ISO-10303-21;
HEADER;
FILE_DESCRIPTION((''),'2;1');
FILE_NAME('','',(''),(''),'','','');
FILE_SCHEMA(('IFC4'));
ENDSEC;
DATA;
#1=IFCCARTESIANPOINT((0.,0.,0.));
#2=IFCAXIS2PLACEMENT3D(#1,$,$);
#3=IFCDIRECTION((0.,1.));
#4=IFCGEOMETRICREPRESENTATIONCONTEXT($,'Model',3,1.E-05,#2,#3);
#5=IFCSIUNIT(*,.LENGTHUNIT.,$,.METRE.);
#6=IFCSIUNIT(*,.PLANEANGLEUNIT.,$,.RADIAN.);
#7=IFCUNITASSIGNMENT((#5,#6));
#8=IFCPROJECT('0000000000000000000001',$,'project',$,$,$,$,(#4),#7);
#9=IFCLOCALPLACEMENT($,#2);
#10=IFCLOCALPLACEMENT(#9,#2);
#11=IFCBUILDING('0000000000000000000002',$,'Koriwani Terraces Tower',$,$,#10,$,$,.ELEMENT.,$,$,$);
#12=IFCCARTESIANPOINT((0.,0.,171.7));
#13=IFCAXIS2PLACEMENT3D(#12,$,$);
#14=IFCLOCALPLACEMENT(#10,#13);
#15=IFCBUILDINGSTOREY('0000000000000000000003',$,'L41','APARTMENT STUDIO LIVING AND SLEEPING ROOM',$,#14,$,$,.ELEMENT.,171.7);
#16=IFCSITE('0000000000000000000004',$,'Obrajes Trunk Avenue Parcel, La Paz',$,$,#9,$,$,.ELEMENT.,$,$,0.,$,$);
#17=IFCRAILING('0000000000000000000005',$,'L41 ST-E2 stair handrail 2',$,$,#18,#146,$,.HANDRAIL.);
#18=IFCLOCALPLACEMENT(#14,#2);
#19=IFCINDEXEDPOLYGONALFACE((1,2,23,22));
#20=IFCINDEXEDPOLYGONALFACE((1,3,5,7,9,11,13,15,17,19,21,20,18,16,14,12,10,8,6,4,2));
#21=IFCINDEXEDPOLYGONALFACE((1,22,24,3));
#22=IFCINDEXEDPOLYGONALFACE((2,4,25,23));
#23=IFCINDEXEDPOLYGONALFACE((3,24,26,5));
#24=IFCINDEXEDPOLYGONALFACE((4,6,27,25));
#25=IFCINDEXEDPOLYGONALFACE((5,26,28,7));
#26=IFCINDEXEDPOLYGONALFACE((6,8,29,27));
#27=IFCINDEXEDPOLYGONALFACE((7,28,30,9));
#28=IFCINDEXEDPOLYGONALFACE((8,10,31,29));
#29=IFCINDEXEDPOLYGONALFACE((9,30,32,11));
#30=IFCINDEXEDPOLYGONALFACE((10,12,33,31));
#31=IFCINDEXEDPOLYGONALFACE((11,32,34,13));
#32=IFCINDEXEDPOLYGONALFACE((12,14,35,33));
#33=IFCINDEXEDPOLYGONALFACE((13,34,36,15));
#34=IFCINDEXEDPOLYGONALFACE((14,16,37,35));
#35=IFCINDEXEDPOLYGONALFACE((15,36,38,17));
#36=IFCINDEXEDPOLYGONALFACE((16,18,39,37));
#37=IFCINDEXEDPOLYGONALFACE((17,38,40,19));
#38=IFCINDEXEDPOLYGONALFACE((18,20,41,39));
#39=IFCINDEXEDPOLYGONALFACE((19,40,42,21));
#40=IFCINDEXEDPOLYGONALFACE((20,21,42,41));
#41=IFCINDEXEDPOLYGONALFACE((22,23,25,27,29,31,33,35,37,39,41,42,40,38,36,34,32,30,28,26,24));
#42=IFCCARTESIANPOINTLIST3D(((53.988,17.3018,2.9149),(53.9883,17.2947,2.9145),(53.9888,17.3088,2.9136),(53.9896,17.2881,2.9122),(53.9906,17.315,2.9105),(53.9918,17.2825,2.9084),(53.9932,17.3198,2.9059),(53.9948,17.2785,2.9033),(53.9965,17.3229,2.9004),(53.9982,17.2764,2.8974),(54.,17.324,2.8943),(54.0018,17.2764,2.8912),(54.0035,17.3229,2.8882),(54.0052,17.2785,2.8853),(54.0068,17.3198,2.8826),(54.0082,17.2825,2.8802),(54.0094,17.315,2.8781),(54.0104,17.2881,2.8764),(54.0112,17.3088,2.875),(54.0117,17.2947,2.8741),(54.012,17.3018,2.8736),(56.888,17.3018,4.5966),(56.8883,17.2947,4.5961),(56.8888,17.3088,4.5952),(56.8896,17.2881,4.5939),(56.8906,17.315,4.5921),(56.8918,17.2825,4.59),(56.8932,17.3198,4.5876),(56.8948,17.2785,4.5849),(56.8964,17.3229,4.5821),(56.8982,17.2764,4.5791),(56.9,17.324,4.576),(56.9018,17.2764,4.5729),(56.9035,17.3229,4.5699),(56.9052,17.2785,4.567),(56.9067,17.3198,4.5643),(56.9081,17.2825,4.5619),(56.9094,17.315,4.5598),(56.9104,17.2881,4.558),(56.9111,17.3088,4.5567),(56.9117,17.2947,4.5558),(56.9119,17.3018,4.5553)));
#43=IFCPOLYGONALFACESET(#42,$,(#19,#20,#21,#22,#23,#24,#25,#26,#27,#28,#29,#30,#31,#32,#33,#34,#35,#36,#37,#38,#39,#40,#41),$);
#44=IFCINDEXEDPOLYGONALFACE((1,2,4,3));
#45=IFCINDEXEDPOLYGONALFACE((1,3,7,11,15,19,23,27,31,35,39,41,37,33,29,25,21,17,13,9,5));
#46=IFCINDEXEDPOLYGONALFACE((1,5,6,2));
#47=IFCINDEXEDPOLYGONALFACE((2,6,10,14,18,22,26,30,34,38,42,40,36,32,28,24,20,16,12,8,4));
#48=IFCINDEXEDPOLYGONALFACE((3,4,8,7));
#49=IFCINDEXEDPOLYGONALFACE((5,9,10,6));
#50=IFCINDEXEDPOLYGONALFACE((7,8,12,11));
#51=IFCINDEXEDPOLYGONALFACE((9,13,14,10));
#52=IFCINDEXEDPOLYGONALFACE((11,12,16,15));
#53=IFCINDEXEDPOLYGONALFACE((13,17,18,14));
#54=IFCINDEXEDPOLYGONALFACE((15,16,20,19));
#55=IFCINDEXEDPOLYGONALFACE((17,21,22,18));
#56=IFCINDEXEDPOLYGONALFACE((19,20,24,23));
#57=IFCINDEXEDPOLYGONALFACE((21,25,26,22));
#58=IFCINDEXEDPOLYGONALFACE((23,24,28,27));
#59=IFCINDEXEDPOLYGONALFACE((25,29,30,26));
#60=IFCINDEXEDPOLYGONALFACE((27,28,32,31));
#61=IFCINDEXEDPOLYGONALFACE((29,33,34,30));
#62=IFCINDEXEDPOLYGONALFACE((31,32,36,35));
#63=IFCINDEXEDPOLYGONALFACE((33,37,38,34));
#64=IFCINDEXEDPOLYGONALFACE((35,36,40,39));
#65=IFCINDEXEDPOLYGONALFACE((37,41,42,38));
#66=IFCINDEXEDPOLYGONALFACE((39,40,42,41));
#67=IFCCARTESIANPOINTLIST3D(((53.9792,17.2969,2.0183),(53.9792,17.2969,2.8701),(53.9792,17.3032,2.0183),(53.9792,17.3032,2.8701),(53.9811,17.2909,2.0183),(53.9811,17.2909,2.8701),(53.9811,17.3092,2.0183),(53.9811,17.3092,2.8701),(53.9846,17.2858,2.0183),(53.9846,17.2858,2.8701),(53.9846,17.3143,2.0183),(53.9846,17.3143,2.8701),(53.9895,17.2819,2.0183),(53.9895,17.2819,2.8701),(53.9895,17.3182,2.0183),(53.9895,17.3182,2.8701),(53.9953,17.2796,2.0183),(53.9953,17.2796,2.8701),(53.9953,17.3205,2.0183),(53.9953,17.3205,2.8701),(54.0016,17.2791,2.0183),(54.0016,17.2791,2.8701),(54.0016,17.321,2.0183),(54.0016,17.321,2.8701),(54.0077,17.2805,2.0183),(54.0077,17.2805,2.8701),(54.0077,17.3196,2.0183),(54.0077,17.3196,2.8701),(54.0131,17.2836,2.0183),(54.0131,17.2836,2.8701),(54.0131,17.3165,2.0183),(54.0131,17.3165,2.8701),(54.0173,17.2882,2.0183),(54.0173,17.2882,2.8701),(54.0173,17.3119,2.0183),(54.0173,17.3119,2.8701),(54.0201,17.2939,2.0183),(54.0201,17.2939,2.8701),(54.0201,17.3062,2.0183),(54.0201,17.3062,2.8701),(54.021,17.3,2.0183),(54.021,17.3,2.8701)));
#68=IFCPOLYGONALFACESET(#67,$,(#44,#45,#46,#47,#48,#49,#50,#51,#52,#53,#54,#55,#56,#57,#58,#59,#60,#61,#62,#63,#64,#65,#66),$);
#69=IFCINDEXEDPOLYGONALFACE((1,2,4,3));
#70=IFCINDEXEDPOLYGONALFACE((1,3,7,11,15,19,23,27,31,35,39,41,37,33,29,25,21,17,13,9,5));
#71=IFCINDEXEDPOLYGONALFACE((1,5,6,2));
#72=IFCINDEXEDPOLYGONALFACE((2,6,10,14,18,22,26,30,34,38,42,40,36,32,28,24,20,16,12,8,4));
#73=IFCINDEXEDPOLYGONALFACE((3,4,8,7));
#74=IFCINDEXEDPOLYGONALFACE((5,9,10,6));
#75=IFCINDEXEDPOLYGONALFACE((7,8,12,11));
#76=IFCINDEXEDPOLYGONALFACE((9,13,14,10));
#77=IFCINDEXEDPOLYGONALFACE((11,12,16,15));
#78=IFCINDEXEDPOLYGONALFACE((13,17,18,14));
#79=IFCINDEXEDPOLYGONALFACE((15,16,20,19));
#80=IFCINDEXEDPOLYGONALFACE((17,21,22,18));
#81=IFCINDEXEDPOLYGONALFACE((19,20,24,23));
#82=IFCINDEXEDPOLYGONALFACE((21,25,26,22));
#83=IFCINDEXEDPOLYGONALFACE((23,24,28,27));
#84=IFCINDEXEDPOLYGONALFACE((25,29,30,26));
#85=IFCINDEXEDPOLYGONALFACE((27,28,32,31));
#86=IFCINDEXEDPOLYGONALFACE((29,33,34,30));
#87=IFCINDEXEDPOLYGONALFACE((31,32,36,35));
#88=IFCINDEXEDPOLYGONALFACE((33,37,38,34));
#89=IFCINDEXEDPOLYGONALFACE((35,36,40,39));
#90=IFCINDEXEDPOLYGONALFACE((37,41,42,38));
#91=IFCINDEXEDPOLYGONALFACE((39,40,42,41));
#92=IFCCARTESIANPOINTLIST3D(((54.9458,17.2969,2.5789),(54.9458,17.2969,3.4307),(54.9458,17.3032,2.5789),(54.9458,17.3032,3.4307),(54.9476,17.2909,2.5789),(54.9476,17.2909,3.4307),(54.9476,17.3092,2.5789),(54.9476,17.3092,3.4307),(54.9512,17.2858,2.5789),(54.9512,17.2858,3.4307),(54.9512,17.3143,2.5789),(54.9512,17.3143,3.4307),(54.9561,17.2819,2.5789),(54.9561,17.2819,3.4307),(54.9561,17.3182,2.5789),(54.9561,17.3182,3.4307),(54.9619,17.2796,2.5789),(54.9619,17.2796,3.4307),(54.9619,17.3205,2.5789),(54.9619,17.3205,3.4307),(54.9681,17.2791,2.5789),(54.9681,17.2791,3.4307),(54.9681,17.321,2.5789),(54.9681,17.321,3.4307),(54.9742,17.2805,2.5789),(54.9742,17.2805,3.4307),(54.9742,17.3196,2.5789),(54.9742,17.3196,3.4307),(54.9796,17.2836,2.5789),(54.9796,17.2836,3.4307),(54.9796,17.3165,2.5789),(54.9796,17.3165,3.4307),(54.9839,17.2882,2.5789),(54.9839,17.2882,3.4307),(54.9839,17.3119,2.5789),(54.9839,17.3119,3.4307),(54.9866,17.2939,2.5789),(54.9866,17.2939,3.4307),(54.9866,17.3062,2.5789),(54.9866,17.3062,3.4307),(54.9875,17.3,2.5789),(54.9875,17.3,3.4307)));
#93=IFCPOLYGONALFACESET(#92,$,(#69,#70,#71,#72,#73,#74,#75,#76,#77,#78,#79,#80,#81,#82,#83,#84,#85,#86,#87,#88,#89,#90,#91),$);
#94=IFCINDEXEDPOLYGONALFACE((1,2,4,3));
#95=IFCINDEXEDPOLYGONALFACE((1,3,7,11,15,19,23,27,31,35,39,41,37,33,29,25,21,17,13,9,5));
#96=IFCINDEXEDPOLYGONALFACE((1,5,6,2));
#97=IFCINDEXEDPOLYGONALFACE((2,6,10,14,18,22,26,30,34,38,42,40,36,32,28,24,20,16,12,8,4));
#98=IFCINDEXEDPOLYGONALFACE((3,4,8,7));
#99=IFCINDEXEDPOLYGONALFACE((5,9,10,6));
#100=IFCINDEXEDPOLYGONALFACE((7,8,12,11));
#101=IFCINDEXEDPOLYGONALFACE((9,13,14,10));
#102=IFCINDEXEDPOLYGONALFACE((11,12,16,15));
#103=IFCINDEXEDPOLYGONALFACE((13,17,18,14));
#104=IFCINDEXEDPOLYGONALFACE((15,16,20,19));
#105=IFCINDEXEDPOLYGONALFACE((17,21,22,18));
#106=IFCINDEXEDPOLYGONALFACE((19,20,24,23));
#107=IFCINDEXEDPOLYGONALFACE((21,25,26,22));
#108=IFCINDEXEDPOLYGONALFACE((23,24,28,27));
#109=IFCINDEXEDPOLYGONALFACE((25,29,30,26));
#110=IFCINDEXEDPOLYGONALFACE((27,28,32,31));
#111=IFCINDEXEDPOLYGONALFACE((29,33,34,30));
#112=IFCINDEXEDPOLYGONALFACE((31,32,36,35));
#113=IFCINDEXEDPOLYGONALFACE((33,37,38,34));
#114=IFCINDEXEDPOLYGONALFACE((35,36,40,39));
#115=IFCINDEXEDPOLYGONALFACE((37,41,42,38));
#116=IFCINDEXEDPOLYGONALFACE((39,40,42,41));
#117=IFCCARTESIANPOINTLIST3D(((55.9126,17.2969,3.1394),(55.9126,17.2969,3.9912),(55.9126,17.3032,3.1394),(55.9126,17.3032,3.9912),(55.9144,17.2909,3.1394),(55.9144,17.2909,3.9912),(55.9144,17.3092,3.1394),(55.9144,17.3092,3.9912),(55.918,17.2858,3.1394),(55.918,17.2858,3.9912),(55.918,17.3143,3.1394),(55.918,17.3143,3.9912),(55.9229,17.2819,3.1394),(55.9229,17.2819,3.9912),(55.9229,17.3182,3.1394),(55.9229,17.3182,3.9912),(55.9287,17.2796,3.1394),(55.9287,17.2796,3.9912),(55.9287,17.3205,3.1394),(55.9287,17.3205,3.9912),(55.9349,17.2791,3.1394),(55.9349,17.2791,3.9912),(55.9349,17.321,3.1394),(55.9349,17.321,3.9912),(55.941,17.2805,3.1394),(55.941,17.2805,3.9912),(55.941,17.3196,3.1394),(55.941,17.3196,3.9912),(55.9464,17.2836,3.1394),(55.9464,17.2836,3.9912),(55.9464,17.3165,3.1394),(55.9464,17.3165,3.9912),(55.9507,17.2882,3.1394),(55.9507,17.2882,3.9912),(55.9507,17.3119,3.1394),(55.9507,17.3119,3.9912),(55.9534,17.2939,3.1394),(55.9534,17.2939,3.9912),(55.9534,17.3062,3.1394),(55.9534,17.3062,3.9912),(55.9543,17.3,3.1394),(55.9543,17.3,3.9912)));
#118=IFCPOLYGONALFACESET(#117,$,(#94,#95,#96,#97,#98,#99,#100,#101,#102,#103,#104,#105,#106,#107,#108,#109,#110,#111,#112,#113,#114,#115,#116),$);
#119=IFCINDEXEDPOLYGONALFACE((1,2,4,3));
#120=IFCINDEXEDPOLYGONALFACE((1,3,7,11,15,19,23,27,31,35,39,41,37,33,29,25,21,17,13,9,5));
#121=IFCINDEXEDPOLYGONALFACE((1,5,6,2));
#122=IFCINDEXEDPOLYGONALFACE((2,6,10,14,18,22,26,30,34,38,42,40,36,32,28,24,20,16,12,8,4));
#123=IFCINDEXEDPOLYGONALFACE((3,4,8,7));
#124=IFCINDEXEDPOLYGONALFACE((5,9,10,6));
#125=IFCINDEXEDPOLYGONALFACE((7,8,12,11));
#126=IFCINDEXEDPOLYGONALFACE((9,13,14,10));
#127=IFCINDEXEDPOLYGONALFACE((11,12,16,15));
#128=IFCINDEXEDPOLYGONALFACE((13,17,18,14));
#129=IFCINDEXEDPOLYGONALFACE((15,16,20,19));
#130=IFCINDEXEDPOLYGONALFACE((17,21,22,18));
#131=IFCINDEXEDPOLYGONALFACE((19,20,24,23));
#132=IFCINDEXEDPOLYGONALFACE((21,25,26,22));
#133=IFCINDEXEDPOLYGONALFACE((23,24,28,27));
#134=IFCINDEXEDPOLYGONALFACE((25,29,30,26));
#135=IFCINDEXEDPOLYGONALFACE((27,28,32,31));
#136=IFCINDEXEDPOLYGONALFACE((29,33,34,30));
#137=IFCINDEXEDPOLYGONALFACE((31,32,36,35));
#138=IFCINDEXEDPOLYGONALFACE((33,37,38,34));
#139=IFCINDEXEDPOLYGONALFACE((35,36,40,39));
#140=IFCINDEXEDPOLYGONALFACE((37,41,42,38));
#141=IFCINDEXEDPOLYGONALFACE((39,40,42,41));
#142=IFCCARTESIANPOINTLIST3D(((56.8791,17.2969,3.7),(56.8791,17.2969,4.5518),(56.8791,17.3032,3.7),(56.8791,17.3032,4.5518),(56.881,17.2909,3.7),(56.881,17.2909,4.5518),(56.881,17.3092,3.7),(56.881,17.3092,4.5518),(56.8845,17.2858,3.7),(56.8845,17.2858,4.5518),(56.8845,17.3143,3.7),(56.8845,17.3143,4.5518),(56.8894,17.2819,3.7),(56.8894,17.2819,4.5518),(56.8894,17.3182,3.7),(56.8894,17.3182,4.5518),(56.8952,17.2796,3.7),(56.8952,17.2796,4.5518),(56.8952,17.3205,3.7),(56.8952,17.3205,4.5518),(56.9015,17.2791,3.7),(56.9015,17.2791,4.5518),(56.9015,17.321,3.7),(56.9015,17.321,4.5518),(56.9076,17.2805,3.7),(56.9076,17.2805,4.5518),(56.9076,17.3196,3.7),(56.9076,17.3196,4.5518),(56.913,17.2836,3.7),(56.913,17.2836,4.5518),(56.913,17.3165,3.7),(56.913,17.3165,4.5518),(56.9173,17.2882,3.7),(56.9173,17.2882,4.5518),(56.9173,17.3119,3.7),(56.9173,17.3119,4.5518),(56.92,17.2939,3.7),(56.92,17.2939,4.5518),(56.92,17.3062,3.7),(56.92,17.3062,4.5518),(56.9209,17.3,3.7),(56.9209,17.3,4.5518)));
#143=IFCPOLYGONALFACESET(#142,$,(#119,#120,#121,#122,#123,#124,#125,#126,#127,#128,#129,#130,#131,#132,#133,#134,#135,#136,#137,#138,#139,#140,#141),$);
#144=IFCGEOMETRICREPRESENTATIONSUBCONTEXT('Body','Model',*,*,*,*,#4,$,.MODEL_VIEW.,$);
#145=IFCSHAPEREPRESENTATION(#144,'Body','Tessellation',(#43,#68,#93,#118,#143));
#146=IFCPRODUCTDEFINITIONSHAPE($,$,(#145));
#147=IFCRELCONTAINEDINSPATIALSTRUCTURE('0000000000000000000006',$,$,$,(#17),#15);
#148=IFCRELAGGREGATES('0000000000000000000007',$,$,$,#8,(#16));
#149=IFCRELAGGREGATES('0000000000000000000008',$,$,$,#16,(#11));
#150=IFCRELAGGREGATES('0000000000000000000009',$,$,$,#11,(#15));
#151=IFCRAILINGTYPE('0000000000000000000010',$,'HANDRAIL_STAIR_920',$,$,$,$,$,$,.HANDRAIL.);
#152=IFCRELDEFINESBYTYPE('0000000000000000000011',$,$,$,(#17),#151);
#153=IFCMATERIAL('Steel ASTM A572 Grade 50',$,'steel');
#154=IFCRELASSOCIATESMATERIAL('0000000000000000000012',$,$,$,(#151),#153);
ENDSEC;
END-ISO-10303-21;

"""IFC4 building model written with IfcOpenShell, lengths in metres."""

from ifc_helpers import new_model, si_unit, direction, frame, origin, origin_2d, place, context, subcontext, project, spatial, circle, extrude, material, type_object, element, save


model = new_model("IFC4")

# Units and contexts
model_context = context("Model", 3, precision=1e-05, world=origin(), true_north=direction((0.0, 1.0)))
body_context = subcontext(model_context, "Body", "Model", "MODEL_VIEW")
ifc_project = project(units=[si_unit("LENGTHUNIT", "METRE"), si_unit("PLANEANGLEUNIT", "RADIAN")], contexts=[model_context])

# Site, building, storey
site_placement = place(None, origin())
site = spatial("IfcSite", under=ifc_project, at=site_placement, Name="Obrajes Trunk Avenue Parcel, La Paz", CompositionType="ELEMENT", RefElevation=0.0)
building_placement = place(site_placement, origin())
building = spatial("IfcBuilding", under=site, at=building_placement, Name="Koriwani Terraces Tower", CompositionType="ELEMENT")
storey_placement = place(building_placement, frame((0.0, 0.0, 171.7)))
storey = spatial("IfcBuildingStorey", under=building, at=storey_placement, Name="L41", Description="APARTMENT STUDIO LIVING AND SLEEPING ROOM", CompositionType="ELEMENT", Elevation=171.7)

# Shared definitions
ifc_material_1 = material(Name="Steel ASTM A572 Grade 50", Category="steel")

# Railing
railing_type_1 = type_object("IfcRailingType", Name="HANDRAIL_STAIR_920", PredefinedType="HANDRAIL", material=ifc_material_1)
railing_1_placement = place(storey_placement, frame((54.0, 17.3, 2.0183)))
element("IfcRailing", 1, at=railing_1_placement, inside=storey, type_object=railing_type_1, Name="L41 ST-E2 stair handrail 2", PredefinedType="HANDRAIL", context=body_context, shape_type="SweptSolid", body=[
    extrude(circle(Radius=0.0239, at=origin_2d()), frame((0.0, 0.0, 0.876), z_axis=(0.86507, 0.0, 0.501651), x_axis=(0.0, 1.0, 0.0)), (0.0, 0.0, 1.0), 3.3523),
    extrude(circle(Radius=0.021, at=origin_2d()), origin(), (0.0, 0.0, 1.0), 0.8518),
    extrude(circle(Radius=0.021, at=origin_2d()), frame((0.9666, 0.0, 0.5605)), (0.0, 0.0, 1.0), 0.8518),
    extrude(circle(Radius=0.021, at=origin_2d()), frame((1.9333, 0.0, 1.1211)), (0.0, 0.0, 1.0), 0.8518),
    extrude(circle(Radius=0.021, at=origin_2d()), frame((2.8999, 0.0, 1.6816)), (0.0, 0.0, 1.0), 0.8518),
])

save(model, "model.ifc")
